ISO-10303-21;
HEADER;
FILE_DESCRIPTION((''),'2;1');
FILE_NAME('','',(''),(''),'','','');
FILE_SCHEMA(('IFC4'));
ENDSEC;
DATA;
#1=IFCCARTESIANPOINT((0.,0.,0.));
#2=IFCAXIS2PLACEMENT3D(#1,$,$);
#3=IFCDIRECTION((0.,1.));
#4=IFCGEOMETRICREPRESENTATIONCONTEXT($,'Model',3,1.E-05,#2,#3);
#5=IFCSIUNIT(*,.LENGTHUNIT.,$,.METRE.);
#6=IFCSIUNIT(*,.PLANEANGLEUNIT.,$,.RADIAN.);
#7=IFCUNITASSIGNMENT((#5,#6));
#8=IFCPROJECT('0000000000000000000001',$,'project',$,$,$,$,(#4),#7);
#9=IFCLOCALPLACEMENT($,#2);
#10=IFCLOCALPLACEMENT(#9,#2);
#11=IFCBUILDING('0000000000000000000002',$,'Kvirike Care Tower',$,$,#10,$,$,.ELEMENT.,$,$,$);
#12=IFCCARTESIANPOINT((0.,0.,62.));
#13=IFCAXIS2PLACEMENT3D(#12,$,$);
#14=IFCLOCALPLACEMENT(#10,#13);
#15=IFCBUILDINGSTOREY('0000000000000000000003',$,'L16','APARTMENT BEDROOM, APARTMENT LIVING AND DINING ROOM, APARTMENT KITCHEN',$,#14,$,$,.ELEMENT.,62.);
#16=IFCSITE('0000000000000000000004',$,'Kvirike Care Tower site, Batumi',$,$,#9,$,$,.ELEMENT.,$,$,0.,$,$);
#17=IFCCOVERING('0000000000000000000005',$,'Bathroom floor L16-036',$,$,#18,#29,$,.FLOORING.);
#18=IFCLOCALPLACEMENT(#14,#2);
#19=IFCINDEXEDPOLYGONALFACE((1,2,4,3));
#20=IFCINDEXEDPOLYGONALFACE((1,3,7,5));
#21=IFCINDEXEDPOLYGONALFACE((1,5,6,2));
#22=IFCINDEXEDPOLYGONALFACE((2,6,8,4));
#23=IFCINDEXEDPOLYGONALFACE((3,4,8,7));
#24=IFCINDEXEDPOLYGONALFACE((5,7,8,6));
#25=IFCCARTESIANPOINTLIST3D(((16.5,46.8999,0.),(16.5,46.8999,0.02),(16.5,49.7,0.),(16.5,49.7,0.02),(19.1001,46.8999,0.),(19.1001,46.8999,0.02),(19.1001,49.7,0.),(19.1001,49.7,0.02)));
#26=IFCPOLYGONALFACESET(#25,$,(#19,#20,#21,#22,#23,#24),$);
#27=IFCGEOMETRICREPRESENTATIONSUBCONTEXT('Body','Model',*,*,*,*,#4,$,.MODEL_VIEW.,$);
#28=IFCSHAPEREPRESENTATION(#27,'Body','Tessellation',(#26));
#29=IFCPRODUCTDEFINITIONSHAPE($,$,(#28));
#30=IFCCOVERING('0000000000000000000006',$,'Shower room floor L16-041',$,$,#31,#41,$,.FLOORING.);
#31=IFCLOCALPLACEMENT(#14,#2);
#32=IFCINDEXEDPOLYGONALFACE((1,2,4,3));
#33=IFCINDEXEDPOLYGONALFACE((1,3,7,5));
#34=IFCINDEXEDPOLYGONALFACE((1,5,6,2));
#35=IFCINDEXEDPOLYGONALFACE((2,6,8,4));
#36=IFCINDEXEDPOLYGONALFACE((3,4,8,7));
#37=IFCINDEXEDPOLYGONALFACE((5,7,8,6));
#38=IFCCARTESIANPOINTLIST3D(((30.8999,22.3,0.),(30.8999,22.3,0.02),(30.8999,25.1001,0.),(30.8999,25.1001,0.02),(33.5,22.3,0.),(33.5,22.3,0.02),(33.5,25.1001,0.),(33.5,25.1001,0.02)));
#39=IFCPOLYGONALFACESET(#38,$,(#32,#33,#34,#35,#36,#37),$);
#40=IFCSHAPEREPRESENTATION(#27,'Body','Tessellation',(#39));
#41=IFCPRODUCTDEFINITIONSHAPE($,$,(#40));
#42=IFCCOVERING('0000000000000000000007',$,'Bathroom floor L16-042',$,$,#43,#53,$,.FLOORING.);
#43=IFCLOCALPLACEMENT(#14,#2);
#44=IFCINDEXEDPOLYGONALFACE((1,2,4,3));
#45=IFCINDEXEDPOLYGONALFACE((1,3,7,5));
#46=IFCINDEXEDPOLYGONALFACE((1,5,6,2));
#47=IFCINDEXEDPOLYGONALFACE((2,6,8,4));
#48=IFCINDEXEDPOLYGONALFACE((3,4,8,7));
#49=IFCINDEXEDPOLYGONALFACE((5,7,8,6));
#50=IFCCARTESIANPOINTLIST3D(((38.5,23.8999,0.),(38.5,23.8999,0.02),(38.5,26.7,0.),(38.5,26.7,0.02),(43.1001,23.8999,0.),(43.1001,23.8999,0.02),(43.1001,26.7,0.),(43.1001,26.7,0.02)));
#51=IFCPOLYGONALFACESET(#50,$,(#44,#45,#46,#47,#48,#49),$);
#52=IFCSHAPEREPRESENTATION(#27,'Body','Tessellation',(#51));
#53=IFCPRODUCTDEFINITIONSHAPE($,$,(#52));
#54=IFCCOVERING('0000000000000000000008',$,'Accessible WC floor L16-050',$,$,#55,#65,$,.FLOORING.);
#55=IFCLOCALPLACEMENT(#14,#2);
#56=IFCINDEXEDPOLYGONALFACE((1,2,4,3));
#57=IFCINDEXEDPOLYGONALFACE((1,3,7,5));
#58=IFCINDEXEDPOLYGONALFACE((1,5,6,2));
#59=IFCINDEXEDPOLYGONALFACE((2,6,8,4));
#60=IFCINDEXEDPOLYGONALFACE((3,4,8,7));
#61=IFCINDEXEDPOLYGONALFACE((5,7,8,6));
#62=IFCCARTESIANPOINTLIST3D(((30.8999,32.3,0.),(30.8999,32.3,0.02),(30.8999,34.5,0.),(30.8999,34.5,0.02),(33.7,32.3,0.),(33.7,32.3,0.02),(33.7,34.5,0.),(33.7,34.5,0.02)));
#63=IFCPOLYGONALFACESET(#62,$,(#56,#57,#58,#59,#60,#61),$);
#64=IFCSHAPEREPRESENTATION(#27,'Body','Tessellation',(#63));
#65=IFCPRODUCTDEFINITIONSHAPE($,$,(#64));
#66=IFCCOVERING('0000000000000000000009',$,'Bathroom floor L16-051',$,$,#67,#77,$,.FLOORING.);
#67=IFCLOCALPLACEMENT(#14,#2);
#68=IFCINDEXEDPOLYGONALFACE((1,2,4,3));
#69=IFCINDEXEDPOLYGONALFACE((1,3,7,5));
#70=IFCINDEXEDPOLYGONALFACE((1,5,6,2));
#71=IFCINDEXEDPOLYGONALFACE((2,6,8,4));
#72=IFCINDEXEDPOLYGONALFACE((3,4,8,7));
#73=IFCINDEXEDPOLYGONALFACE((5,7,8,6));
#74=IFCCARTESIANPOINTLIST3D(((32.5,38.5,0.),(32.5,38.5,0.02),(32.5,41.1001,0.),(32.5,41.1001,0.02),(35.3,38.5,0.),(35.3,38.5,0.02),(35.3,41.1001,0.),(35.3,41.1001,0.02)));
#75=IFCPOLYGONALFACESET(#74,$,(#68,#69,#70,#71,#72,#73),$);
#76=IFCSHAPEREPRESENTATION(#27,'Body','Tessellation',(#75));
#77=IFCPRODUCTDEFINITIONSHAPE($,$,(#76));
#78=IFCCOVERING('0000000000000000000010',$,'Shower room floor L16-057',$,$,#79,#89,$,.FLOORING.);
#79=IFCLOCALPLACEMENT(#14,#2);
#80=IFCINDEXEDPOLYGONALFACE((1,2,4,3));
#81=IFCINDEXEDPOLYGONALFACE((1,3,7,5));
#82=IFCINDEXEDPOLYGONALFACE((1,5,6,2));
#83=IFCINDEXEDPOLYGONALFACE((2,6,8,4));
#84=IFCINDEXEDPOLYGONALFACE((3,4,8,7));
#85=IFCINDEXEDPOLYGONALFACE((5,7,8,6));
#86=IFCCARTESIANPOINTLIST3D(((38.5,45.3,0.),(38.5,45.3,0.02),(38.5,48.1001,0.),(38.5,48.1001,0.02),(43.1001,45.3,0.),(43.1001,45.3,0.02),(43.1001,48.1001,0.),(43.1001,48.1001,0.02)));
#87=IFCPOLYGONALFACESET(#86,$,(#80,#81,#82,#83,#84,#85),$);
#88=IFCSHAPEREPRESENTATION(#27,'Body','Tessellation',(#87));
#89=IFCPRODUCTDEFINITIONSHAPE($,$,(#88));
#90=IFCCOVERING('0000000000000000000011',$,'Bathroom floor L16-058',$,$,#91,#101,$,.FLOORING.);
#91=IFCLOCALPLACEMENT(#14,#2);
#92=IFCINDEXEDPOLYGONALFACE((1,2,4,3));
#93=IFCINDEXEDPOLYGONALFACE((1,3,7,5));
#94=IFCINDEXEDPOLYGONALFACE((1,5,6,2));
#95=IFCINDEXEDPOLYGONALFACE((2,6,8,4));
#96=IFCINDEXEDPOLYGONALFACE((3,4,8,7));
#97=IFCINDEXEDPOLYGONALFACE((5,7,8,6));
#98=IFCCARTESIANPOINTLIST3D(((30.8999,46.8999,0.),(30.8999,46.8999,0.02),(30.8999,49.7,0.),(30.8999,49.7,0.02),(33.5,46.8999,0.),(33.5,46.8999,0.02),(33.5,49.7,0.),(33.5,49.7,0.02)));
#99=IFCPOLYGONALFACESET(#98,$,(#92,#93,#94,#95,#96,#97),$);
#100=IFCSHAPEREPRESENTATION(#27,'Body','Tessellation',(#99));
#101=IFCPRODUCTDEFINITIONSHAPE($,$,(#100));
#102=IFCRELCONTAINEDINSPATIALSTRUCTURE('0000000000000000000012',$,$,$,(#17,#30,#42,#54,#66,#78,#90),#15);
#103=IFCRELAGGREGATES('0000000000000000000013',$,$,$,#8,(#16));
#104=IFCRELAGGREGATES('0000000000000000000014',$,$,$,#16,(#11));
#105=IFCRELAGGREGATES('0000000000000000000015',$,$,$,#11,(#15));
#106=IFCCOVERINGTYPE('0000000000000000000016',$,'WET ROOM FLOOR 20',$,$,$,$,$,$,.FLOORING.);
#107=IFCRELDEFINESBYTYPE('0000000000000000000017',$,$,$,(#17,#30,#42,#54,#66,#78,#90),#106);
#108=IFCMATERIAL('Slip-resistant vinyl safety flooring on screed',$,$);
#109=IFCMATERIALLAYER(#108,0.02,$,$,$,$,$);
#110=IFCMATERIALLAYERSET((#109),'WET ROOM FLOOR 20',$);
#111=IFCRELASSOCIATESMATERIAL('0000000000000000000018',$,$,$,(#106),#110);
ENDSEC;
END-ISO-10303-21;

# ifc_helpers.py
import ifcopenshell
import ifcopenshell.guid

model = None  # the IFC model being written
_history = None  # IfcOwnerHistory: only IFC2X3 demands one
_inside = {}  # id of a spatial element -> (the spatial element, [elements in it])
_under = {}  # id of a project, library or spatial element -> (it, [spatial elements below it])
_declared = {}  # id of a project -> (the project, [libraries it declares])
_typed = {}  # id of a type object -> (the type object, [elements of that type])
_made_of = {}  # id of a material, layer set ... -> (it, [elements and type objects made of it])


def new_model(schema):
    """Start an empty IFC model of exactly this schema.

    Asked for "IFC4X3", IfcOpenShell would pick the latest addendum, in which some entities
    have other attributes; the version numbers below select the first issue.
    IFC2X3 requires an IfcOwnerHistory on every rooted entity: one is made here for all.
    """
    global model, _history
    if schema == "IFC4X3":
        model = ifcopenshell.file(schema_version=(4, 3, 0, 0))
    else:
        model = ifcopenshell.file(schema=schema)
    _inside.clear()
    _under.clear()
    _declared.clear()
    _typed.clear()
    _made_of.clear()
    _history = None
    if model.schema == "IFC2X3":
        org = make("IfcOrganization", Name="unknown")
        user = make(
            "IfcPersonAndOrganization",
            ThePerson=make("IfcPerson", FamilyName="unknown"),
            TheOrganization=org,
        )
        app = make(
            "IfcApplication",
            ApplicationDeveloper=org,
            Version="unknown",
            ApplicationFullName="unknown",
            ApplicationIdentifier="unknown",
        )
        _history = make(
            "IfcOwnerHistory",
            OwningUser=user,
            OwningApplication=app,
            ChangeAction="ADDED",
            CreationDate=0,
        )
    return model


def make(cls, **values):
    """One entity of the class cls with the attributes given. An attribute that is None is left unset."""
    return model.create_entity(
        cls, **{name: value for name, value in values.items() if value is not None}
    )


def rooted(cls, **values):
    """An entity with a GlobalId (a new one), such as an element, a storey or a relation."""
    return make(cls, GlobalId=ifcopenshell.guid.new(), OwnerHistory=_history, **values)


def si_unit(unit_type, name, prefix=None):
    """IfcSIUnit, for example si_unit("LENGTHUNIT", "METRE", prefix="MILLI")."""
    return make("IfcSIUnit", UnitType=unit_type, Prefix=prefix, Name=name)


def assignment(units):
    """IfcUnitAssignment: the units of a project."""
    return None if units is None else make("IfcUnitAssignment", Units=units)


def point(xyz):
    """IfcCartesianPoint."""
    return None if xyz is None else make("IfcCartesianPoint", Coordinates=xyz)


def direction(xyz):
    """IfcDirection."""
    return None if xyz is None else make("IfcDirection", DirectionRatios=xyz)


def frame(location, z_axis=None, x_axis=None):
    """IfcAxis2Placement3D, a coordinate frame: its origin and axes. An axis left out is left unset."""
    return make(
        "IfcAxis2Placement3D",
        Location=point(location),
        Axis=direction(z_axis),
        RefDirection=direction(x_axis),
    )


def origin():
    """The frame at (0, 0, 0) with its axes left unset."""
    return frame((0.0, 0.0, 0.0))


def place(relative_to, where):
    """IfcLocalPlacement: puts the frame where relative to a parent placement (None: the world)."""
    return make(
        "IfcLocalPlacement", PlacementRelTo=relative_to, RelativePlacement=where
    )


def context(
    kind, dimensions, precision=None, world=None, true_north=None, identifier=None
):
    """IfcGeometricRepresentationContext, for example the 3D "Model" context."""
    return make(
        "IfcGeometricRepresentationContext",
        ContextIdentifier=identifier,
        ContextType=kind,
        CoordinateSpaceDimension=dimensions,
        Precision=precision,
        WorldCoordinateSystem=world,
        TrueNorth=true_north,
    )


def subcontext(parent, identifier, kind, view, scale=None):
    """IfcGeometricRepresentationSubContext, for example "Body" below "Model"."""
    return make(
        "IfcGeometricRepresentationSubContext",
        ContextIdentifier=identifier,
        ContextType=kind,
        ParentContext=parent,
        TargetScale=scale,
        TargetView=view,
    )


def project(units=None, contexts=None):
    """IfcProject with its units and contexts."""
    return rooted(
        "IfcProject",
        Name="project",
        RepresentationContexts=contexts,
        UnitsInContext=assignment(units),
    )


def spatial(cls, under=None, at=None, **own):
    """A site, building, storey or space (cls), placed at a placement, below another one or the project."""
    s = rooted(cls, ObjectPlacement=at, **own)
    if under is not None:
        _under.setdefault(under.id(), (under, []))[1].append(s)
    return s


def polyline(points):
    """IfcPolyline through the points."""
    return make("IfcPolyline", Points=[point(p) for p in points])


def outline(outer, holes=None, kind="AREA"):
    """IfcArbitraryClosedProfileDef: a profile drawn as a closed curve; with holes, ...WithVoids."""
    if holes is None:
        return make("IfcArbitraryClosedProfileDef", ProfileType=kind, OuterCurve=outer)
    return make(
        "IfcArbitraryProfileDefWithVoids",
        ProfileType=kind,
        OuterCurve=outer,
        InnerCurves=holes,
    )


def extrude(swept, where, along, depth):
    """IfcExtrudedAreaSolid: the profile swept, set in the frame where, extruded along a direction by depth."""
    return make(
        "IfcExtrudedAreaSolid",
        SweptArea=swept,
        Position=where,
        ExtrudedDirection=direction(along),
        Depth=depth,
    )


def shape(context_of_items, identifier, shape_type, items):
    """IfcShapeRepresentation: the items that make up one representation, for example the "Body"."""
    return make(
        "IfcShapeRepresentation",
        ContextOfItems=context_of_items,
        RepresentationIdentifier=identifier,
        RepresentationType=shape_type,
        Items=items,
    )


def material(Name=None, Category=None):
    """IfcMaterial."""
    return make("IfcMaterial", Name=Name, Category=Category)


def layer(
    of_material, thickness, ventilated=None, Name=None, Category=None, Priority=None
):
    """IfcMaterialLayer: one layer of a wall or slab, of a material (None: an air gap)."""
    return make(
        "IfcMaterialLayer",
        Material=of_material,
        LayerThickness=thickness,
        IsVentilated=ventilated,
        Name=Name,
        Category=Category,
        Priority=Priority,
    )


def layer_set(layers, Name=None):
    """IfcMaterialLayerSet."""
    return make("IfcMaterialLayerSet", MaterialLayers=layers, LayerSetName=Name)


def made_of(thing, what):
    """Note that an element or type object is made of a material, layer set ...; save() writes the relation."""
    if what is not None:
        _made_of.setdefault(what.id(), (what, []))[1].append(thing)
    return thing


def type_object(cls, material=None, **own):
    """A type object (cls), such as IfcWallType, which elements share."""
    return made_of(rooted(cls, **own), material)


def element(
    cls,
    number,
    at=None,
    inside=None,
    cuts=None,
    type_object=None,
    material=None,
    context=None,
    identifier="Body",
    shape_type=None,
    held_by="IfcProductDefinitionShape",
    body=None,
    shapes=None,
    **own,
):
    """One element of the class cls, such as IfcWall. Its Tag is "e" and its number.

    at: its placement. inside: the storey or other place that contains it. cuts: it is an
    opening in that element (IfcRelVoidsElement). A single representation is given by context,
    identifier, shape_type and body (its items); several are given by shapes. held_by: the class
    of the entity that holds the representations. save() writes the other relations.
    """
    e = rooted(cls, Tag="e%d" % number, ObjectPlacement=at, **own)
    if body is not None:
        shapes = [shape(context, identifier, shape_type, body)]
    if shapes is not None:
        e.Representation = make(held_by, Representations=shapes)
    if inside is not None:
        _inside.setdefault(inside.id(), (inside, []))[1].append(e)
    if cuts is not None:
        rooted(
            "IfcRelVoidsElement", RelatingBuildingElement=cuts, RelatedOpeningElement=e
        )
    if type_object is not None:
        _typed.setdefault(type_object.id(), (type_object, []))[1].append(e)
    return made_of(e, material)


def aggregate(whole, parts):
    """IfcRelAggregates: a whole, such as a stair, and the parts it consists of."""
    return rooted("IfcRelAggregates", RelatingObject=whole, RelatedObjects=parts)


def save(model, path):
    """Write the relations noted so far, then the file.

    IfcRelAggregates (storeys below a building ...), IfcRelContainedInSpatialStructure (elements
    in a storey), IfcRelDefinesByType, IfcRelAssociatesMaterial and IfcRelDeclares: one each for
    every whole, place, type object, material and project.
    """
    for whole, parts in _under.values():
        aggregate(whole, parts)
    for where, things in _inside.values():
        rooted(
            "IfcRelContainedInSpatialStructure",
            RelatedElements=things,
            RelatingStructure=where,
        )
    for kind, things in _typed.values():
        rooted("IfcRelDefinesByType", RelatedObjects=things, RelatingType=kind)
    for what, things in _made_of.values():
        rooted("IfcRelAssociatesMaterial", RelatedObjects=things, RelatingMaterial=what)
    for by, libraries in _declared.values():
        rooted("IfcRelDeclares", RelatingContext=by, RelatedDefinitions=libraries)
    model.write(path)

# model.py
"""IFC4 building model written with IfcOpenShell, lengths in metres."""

from ifc_helpers import new_model, si_unit, direction, frame, origin, place, context, subcontext, project, spatial, polyline, outline, extrude, material, layer, layer_set, type_object, element, save


model = new_model("IFC4")

# Units and contexts
model_context = context("Model", 3, precision=1e-05, world=origin(), true_north=direction((0.0, 1.0)))
body_context = subcontext(model_context, "Body", "Model", "MODEL_VIEW")
ifc_project = project(units=[si_unit("LENGTHUNIT", "METRE"), si_unit("PLANEANGLEUNIT", "RADIAN")], contexts=[model_context])

# Site, building, storey
site_placement = place(None, origin())
site = spatial("IfcSite", under=ifc_project, at=site_placement, Name="Kvirike Care Tower site, Batumi", CompositionType="ELEMENT", RefElevation=0.0)
building_placement = place(site_placement, origin())
building = spatial("IfcBuilding", under=site, at=building_placement, Name="Kvirike Care Tower", CompositionType="ELEMENT")
storey_placement = place(building_placement, frame((0.0, 0.0, 62.0)))
storey = spatial("IfcBuildingStorey", under=building, at=storey_placement, Name="L16", Description="APARTMENT BEDROOM, APARTMENT LIVING AND DINING ROOM, APARTMENT KITCHEN", CompositionType="ELEMENT", Elevation=62.0)

# Coverings
ifc_material_1 = material(Name="Slip-resistant vinyl safety flooring on screed")
ifc_layer_1 = layer(ifc_material_1, 0.02)
ifc_layer_set_1 = layer_set([ifc_layer_1], Name="WET ROOM FLOOR 20")
covering_type = type_object("IfcCoveringType", Name="WET ROOM FLOOR 20", PredefinedType="FLOORING", material=ifc_layer_set_1)
covering_1_placement = place(storey_placement, origin())
element("IfcCovering", 1, at=covering_1_placement, inside=storey, type_object=covering_type, Name="Bathroom floor L16-036", PredefinedType="FLOORING", context=body_context, shape_type="SweptSolid", body=[
    extrude(outline(polyline([(19.1001, 49.7), (19.1001, 46.8999), (16.5, 46.8999), (16.5, 49.7), (19.1001, 49.7)])), origin(), (0.0, 0.0, 1.0), 0.02),
])
covering_2_placement = place(storey_placement, origin())
element("IfcCovering", 2, at=covering_2_placement, inside=storey, type_object=covering_type, Name="Shower room floor L16-041", PredefinedType="FLOORING", context=body_context, shape_type="SweptSolid", body=[
    extrude(outline(polyline([(30.8999, 22.3), (30.8999, 25.1001), (33.5, 25.1001), (33.5, 22.3), (30.8999, 22.3)])), origin(), (0.0, 0.0, 1.0), 0.02),
])
covering_3_placement = place(storey_placement, origin())
element("IfcCovering", 3, at=covering_3_placement, inside=storey, type_object=covering_type, Name="Bathroom floor L16-042", PredefinedType="FLOORING", context=body_context, shape_type="SweptSolid", body=[
    extrude(outline(polyline([(38.5, 23.8999), (38.5, 26.7), (43.1001, 26.7), (43.1001, 23.8999), (38.5, 23.8999)])), origin(), (0.0, 0.0, 1.0), 0.02),
])
covering_4_placement = place(storey_placement, origin())
element("IfcCovering", 4, at=covering_4_placement, inside=storey, type_object=covering_type, Name="Accessible WC floor L16-050", PredefinedType="FLOORING", context=body_context, shape_type="SweptSolid", body=[
    extrude(outline(polyline([(33.7, 32.3), (30.8999, 32.3), (30.8999, 34.5), (33.7, 34.5), (33.7, 32.3)])), origin(), (0.0, 0.0, 1.0), 0.02),
])
covering_5_placement = place(storey_placement, origin())
element("IfcCovering", 5, at=covering_5_placement, inside=storey, type_object=covering_type, Name="Bathroom floor L16-051", PredefinedType="FLOORING", context=body_context, shape_type="SweptSolid", body=[
    extrude(outline(polyline([(35.3, 38.5), (32.5, 38.5), (32.5, 41.1001), (35.3, 41.1001), (35.3, 38.5)])), origin(), (0.0, 0.0, 1.0), 0.02),
])
covering_6_placement = place(storey_placement, origin())
element("IfcCovering", 6, at=covering_6_placement, inside=storey, type_object=covering_type, Name="Shower room floor L16-057", PredefinedType="FLOORING", context=body_context, shape_type="SweptSolid", body=[
    extrude(outline(polyline([(43.1001, 48.1001), (43.1001, 45.3), (38.5, 45.3), (38.5, 48.1001), (43.1001, 48.1001)])), origin(), (0.0, 0.0, 1.0), 0.02),
])
covering_7_placement = place(storey_placement, origin())
element("IfcCovering", 7, at=covering_7_placement, inside=storey, type_object=covering_type, Name="Bathroom floor L16-058", PredefinedType="FLOORING", context=body_context, shape_type="SweptSolid", body=[
    extrude(outline(polyline([(33.5, 49.7), (33.5, 46.8999), (30.8999, 46.8999), (30.8999, 49.7), (33.5, 49.7)])), origin(), (0.0, 0.0, 1.0), 0.02),
])

save(model, "model.ifc")
